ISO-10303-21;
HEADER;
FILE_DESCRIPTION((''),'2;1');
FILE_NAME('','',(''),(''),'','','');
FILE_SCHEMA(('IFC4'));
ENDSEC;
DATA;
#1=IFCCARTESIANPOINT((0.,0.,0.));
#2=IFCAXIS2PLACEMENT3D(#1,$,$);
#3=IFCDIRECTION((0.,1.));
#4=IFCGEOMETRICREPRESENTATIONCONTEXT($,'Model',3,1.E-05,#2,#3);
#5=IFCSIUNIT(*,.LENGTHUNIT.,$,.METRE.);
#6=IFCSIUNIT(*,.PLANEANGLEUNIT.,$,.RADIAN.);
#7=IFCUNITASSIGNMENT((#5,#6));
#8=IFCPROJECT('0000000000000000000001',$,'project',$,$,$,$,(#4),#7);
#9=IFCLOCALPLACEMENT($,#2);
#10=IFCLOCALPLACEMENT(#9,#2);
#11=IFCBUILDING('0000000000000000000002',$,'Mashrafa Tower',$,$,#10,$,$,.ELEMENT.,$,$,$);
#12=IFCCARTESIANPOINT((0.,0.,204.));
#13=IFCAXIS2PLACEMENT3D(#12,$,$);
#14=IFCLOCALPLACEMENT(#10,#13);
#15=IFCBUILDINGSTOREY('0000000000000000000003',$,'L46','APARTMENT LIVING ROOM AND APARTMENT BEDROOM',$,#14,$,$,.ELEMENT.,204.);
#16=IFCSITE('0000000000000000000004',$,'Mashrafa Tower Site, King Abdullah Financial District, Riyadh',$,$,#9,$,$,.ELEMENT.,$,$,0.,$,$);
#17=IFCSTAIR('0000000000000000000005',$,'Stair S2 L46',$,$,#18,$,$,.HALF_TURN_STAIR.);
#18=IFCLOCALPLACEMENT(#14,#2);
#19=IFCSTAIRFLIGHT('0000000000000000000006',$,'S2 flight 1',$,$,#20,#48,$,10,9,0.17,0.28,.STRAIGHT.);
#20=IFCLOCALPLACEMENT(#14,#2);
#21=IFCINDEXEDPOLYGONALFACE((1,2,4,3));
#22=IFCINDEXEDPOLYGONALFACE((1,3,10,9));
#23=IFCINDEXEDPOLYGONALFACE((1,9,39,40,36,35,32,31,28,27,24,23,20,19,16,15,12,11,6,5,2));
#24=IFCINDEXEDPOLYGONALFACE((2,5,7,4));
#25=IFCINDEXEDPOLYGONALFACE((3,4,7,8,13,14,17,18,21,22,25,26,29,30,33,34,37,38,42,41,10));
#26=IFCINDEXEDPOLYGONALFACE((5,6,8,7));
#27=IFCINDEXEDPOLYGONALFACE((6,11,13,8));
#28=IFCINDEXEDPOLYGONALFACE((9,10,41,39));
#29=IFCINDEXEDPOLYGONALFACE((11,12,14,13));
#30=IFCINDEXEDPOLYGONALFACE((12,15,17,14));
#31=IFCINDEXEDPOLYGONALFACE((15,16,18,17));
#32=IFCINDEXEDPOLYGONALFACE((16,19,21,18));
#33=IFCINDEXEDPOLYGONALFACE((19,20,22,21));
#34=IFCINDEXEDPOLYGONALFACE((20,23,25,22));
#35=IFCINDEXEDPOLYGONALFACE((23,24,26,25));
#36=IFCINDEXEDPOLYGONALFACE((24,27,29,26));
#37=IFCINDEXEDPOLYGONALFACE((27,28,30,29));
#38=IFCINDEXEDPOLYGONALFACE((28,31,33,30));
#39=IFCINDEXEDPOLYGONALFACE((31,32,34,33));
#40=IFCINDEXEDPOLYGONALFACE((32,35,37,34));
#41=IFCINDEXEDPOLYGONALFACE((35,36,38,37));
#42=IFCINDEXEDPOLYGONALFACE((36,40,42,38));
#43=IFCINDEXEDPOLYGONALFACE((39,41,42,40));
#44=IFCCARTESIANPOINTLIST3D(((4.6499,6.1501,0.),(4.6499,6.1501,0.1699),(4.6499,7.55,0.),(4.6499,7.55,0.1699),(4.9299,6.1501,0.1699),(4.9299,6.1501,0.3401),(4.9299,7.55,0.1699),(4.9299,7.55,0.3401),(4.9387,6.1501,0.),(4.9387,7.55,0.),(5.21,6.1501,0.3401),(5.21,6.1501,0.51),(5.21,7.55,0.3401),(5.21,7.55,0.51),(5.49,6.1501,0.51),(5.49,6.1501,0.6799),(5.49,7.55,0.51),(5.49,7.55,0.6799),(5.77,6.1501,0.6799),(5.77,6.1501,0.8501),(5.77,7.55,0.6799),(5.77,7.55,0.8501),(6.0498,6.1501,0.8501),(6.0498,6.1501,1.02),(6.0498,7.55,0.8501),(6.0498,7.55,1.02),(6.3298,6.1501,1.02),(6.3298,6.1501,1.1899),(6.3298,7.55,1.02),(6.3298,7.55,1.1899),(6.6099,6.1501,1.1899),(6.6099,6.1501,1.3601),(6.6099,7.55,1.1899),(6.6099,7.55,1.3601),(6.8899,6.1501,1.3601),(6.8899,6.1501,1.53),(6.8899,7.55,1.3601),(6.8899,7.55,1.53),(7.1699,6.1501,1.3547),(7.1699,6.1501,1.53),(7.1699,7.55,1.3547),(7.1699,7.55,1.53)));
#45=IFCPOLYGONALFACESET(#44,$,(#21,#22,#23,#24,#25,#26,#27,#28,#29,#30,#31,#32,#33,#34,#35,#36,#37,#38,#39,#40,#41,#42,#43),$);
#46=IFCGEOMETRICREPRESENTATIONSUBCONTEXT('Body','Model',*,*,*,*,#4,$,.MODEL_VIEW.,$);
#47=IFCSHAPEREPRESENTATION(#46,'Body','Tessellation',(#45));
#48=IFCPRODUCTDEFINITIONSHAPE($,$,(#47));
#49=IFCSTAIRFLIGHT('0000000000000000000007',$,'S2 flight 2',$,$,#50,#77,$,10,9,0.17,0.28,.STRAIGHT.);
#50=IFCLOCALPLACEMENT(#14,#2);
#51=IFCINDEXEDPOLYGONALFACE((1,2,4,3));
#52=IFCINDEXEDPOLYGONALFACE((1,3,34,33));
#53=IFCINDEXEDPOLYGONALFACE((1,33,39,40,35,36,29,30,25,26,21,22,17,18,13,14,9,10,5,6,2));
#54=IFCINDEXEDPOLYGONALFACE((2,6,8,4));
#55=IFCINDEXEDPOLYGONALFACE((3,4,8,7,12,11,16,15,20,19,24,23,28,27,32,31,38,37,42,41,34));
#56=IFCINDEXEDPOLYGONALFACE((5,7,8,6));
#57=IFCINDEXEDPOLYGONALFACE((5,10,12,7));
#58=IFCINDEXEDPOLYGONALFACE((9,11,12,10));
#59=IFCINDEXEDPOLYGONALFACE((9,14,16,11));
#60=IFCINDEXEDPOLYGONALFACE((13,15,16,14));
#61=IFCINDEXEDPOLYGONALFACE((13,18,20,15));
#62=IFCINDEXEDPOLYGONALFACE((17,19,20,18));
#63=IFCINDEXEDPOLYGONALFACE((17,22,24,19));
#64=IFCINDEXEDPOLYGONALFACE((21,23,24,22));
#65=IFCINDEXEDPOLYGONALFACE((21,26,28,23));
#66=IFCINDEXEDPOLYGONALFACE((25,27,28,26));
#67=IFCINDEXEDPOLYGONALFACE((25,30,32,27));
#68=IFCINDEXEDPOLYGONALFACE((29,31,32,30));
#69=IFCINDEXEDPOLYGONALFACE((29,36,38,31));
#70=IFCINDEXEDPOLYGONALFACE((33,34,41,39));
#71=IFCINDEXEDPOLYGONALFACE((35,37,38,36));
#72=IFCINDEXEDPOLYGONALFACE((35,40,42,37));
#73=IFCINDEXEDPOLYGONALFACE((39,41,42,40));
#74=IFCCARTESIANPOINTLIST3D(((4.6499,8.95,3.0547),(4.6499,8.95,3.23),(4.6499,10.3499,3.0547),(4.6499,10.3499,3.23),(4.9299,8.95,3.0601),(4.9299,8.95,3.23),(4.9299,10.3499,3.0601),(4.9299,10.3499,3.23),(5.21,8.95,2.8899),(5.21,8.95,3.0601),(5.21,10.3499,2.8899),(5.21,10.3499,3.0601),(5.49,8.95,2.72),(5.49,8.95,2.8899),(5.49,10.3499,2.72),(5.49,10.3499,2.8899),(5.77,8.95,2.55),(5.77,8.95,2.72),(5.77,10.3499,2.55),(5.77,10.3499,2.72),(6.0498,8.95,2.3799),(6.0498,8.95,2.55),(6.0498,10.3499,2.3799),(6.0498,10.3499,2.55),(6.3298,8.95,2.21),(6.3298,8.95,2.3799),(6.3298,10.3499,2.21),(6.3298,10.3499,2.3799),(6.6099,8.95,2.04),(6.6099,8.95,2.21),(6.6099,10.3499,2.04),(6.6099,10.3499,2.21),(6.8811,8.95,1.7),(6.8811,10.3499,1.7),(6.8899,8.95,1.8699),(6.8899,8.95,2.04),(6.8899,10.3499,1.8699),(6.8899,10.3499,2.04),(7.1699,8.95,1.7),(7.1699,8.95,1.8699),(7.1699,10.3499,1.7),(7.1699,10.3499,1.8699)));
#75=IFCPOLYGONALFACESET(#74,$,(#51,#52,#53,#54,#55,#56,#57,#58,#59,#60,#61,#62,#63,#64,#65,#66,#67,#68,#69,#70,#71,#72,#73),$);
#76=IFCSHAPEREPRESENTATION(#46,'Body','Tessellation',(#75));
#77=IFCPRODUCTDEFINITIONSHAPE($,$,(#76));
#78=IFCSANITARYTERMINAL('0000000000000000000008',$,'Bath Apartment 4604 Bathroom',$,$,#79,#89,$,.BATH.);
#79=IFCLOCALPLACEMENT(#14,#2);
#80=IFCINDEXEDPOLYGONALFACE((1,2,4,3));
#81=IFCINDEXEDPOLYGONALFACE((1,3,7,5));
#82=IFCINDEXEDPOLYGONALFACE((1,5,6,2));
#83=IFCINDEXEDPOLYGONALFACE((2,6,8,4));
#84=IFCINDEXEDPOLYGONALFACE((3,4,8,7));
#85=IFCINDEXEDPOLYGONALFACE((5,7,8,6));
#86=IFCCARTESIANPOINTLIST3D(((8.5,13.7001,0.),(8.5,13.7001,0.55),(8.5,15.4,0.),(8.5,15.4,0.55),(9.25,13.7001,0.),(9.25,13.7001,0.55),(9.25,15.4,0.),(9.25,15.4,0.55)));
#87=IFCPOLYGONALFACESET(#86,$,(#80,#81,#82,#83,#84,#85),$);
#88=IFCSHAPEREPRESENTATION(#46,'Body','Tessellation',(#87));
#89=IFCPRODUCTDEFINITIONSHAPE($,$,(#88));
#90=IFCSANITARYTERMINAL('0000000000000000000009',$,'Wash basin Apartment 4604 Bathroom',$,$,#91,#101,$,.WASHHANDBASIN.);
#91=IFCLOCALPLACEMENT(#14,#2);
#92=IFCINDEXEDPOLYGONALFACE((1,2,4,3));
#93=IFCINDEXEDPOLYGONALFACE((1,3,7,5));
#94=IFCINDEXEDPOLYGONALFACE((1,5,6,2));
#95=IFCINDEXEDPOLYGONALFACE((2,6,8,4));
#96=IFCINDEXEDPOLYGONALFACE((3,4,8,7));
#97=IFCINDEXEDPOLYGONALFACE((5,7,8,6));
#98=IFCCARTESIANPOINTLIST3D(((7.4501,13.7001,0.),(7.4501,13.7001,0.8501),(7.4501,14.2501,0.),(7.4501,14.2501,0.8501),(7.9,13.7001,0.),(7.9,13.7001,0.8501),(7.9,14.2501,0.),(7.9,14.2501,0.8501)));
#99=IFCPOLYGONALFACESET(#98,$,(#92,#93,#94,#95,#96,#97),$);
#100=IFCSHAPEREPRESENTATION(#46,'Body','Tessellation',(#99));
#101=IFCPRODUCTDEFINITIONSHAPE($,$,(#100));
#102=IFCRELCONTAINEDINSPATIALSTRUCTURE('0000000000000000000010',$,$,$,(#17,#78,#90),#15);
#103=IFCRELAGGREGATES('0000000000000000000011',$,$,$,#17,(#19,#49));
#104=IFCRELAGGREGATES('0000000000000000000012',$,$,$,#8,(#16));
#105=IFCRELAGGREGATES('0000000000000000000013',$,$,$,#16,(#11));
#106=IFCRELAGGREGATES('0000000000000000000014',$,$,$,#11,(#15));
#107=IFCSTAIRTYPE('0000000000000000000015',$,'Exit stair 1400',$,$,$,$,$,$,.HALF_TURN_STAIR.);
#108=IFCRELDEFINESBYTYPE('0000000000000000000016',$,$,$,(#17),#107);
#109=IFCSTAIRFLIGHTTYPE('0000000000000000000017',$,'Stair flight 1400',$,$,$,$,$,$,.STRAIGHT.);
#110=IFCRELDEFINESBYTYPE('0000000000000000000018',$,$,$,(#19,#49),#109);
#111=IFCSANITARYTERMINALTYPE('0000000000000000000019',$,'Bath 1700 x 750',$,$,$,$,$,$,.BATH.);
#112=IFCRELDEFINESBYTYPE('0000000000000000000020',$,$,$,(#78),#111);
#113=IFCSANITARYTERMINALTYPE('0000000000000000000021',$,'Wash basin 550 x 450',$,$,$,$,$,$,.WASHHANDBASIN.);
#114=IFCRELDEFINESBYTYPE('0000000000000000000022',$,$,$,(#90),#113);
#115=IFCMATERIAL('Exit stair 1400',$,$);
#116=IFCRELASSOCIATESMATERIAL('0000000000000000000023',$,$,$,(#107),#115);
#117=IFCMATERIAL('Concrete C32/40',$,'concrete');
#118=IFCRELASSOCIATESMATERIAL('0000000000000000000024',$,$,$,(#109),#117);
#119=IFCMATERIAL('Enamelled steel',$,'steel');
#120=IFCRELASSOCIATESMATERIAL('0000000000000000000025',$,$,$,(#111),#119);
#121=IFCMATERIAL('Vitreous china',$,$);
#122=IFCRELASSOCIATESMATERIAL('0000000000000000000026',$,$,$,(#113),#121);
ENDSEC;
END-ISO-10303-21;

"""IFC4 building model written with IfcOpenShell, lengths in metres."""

from ifc_helpers import new_model, si_unit, direction, frame, origin, origin_2d, place, context, subcontext, project, spatial, polyline, rectangle, outline, extrude, material, type_object, element, aggregate, save


model = new_model("IFC4")

# Units and contexts
model_context = context("Model", 3, precision=1e-05, world=origin(), true_north=direction((0.0, 1.0)))
body_context = subcontext(model_context, "Body", "Model", "MODEL_VIEW")
ifc_project = project(units=[si_unit("LENGTHUNIT", "METRE"), si_unit("PLANEANGLEUNIT", "RADIAN")], contexts=[model_context])

# Site, building, storey
site_placement = place(None, origin())
site = spatial("IfcSite", under=ifc_project, at=site_placement, Name="Mashrafa Tower Site, King Abdullah Financial District, Riyadh", CompositionType="ELEMENT", RefElevation=0.0)
building_placement = place(site_placement, origin())
building = spatial("IfcBuilding", under=site, at=building_placement, Name="Mashrafa Tower", CompositionType="ELEMENT")
storey_placement = place(building_placement, frame((0.0, 0.0, 204.0)))
storey = spatial("IfcBuildingStorey", under=building, at=storey_placement, Name="L46", Description="APARTMENT LIVING ROOM AND APARTMENT BEDROOM", CompositionType="ELEMENT", Elevation=204.0)

# Stair
ifc_material_1 = material(Name="Exit stair 1400")
stair_type = type_object("IfcStairType", Name="Exit stair 1400", PredefinedType="HALF_TURN_STAIR", material=ifc_material_1)
stair_1_placement = place(storey_placement, origin())
stair_1 = element("IfcStair", 1, at=stair_1_placement, inside=storey, type_object=stair_type, Name="Stair S2 L46", PredefinedType="HALF_TURN_STAIR")

# Stair flights
ifc_material_2 = material(Name="Concrete C32/40", Category="concrete")
stair_flight_type = type_object("IfcStairFlightType", Name="Stair flight 1400", PredefinedType="STRAIGHT", material=ifc_material_2)
stair_flight_1_placement = place(storey_placement, frame((4.6499, 6.8501, 0.0), z_axis=(0.0, 0.0, 1.0), x_axis=(1.0, 0.0, 0.0)))
stair_flight_1 = element("IfcStairFlight", 2, at=stair_flight_1_placement, type_object=stair_flight_type, Name="S2 flight 1", NumberOfRisers=10, NumberOfTreads=9, PredefinedType="STRAIGHT", RiserHeight=0.17, TreadLength=0.28, context=body_context, shape_type="SweptSolid", body=[
    extrude(outline(polyline([(0.0, 0.0), (0.0, 0.1699), (0.28, 0.1699), (0.28, 0.3401), (0.5601, 0.3401), (0.5601, 0.51), (0.8401, 0.51), (0.8401, 0.6799), (1.1201, 0.6799), (1.1201, 0.8501), (1.3999, 0.8501), (1.3999, 1.02), (1.6799, 1.02), (1.6799, 1.1899), (1.96, 1.1899), (1.96, 1.3601), (2.24, 1.3601), (2.24, 1.53), (2.52, 1.53), (2.52, 1.7), (2.52, 1.3547), (0.2888, 0.0), (0.0, 0.0)])), frame((0.0, 0.7, 0.0), z_axis=(0.0, -1.0, 0.0), x_axis=(1.0, 0.0, 0.0)), (0.0, 0.0, 1.0), 1.3999),
])
stair_flight_2_placement = place(storey_placement, frame((7.1699, 9.6499, 1.7), z_axis=(0.0, 0.0, 1.0), x_axis=(-1.0, 0.0, 0.0)))
stair_flight_2 = element("IfcStairFlight", 3, at=stair_flight_2_placement, type_object=stair_flight_type, Name="S2 flight 2", NumberOfRisers=10, NumberOfTreads=9, PredefinedType="STRAIGHT", RiserHeight=0.17, TreadLength=0.28, context=body_context, shape_type="SweptSolid", body=[
    extrude(outline(polyline([(0.0, 0.0), (0.0, 0.1699), (0.28, 0.1699), (0.28, 0.3401), (0.5601, 0.3401), (0.5601, 0.51), (0.8401, 0.51), (0.8401, 0.6799), (1.1201, 0.6799), (1.1201, 0.8501), (1.3999, 0.8501), (1.3999, 1.02), (1.6799, 1.02), (1.6799, 1.1899), (1.96, 1.1899), (1.96, 1.3601), (2.24, 1.3601), (2.24, 1.53), (2.52, 1.53), (2.52, 1.7), (2.52, 1.3547), (0.2888, 0.0), (0.0, 0.0)])), frame((0.0, 0.7, 0.0), z_axis=(0.0, -1.0, 0.0), x_axis=(1.0, 0.0, 0.0)), (0.0, 0.0, 1.0), 1.3999),
])
aggregate(stair_1, [stair_flight_1, stair_flight_2])

# Sanitary terminals
ifc_material_3 = material(Name="Enamelled steel", Category="steel")
sanitary_terminal_type_1 = type_object("IfcSanitaryTerminalType", Name="Bath 1700 x 750", PredefinedType="BATH", material=ifc_material_3)
sanitary_terminal_1_placement = place(storey_placement, frame((8.875, 14.55, 0.0), z_axis=(0.0, 0.0, 1.0), x_axis=(0.0, 1.0, 0.0)))
element("IfcSanitaryTerminal", 4, at=sanitary_terminal_1_placement, inside=storey, type_object=sanitary_terminal_type_1, Name="Bath Apartment 4604 Bathroom", PredefinedType="BATH", context=body_context, shape_type="SweptSolid", body=[
    extrude(rectangle(XDim=1.7, YDim=0.75, at=origin_2d()), origin(), (0.0, 0.0, 1.0), 0.55),
])
ifc_material_4 = material(Name="Vitreous china")
sanitary_terminal_type_2 = type_object("IfcSanitaryTerminalType", Name="Wash basin 550 x 450", PredefinedType="WASHHANDBASIN", material=ifc_material_4)
sanitary_terminal_2_placement = place(storey_placement, frame((7.675, 13.9751, 0.0), z_axis=(0.0, 0.0, 1.0), x_axis=(0.0, -1.0, 0.0)))
element("IfcSanitaryTerminal", 5, at=sanitary_terminal_2_placement, inside=storey, type_object=sanitary_terminal_type_2, Name="Wash basin Apartment 4604 Bathroom", PredefinedType="WASHHANDBASIN", context=body_context, shape_type="SweptSolid", body=[
    extrude(rectangle(XDim=0.55, YDim=0.45, at=origin_2d()), origin(), (0.0, 0.0, 1.0), 0.8501),
])

save(model, "model.ifc")
